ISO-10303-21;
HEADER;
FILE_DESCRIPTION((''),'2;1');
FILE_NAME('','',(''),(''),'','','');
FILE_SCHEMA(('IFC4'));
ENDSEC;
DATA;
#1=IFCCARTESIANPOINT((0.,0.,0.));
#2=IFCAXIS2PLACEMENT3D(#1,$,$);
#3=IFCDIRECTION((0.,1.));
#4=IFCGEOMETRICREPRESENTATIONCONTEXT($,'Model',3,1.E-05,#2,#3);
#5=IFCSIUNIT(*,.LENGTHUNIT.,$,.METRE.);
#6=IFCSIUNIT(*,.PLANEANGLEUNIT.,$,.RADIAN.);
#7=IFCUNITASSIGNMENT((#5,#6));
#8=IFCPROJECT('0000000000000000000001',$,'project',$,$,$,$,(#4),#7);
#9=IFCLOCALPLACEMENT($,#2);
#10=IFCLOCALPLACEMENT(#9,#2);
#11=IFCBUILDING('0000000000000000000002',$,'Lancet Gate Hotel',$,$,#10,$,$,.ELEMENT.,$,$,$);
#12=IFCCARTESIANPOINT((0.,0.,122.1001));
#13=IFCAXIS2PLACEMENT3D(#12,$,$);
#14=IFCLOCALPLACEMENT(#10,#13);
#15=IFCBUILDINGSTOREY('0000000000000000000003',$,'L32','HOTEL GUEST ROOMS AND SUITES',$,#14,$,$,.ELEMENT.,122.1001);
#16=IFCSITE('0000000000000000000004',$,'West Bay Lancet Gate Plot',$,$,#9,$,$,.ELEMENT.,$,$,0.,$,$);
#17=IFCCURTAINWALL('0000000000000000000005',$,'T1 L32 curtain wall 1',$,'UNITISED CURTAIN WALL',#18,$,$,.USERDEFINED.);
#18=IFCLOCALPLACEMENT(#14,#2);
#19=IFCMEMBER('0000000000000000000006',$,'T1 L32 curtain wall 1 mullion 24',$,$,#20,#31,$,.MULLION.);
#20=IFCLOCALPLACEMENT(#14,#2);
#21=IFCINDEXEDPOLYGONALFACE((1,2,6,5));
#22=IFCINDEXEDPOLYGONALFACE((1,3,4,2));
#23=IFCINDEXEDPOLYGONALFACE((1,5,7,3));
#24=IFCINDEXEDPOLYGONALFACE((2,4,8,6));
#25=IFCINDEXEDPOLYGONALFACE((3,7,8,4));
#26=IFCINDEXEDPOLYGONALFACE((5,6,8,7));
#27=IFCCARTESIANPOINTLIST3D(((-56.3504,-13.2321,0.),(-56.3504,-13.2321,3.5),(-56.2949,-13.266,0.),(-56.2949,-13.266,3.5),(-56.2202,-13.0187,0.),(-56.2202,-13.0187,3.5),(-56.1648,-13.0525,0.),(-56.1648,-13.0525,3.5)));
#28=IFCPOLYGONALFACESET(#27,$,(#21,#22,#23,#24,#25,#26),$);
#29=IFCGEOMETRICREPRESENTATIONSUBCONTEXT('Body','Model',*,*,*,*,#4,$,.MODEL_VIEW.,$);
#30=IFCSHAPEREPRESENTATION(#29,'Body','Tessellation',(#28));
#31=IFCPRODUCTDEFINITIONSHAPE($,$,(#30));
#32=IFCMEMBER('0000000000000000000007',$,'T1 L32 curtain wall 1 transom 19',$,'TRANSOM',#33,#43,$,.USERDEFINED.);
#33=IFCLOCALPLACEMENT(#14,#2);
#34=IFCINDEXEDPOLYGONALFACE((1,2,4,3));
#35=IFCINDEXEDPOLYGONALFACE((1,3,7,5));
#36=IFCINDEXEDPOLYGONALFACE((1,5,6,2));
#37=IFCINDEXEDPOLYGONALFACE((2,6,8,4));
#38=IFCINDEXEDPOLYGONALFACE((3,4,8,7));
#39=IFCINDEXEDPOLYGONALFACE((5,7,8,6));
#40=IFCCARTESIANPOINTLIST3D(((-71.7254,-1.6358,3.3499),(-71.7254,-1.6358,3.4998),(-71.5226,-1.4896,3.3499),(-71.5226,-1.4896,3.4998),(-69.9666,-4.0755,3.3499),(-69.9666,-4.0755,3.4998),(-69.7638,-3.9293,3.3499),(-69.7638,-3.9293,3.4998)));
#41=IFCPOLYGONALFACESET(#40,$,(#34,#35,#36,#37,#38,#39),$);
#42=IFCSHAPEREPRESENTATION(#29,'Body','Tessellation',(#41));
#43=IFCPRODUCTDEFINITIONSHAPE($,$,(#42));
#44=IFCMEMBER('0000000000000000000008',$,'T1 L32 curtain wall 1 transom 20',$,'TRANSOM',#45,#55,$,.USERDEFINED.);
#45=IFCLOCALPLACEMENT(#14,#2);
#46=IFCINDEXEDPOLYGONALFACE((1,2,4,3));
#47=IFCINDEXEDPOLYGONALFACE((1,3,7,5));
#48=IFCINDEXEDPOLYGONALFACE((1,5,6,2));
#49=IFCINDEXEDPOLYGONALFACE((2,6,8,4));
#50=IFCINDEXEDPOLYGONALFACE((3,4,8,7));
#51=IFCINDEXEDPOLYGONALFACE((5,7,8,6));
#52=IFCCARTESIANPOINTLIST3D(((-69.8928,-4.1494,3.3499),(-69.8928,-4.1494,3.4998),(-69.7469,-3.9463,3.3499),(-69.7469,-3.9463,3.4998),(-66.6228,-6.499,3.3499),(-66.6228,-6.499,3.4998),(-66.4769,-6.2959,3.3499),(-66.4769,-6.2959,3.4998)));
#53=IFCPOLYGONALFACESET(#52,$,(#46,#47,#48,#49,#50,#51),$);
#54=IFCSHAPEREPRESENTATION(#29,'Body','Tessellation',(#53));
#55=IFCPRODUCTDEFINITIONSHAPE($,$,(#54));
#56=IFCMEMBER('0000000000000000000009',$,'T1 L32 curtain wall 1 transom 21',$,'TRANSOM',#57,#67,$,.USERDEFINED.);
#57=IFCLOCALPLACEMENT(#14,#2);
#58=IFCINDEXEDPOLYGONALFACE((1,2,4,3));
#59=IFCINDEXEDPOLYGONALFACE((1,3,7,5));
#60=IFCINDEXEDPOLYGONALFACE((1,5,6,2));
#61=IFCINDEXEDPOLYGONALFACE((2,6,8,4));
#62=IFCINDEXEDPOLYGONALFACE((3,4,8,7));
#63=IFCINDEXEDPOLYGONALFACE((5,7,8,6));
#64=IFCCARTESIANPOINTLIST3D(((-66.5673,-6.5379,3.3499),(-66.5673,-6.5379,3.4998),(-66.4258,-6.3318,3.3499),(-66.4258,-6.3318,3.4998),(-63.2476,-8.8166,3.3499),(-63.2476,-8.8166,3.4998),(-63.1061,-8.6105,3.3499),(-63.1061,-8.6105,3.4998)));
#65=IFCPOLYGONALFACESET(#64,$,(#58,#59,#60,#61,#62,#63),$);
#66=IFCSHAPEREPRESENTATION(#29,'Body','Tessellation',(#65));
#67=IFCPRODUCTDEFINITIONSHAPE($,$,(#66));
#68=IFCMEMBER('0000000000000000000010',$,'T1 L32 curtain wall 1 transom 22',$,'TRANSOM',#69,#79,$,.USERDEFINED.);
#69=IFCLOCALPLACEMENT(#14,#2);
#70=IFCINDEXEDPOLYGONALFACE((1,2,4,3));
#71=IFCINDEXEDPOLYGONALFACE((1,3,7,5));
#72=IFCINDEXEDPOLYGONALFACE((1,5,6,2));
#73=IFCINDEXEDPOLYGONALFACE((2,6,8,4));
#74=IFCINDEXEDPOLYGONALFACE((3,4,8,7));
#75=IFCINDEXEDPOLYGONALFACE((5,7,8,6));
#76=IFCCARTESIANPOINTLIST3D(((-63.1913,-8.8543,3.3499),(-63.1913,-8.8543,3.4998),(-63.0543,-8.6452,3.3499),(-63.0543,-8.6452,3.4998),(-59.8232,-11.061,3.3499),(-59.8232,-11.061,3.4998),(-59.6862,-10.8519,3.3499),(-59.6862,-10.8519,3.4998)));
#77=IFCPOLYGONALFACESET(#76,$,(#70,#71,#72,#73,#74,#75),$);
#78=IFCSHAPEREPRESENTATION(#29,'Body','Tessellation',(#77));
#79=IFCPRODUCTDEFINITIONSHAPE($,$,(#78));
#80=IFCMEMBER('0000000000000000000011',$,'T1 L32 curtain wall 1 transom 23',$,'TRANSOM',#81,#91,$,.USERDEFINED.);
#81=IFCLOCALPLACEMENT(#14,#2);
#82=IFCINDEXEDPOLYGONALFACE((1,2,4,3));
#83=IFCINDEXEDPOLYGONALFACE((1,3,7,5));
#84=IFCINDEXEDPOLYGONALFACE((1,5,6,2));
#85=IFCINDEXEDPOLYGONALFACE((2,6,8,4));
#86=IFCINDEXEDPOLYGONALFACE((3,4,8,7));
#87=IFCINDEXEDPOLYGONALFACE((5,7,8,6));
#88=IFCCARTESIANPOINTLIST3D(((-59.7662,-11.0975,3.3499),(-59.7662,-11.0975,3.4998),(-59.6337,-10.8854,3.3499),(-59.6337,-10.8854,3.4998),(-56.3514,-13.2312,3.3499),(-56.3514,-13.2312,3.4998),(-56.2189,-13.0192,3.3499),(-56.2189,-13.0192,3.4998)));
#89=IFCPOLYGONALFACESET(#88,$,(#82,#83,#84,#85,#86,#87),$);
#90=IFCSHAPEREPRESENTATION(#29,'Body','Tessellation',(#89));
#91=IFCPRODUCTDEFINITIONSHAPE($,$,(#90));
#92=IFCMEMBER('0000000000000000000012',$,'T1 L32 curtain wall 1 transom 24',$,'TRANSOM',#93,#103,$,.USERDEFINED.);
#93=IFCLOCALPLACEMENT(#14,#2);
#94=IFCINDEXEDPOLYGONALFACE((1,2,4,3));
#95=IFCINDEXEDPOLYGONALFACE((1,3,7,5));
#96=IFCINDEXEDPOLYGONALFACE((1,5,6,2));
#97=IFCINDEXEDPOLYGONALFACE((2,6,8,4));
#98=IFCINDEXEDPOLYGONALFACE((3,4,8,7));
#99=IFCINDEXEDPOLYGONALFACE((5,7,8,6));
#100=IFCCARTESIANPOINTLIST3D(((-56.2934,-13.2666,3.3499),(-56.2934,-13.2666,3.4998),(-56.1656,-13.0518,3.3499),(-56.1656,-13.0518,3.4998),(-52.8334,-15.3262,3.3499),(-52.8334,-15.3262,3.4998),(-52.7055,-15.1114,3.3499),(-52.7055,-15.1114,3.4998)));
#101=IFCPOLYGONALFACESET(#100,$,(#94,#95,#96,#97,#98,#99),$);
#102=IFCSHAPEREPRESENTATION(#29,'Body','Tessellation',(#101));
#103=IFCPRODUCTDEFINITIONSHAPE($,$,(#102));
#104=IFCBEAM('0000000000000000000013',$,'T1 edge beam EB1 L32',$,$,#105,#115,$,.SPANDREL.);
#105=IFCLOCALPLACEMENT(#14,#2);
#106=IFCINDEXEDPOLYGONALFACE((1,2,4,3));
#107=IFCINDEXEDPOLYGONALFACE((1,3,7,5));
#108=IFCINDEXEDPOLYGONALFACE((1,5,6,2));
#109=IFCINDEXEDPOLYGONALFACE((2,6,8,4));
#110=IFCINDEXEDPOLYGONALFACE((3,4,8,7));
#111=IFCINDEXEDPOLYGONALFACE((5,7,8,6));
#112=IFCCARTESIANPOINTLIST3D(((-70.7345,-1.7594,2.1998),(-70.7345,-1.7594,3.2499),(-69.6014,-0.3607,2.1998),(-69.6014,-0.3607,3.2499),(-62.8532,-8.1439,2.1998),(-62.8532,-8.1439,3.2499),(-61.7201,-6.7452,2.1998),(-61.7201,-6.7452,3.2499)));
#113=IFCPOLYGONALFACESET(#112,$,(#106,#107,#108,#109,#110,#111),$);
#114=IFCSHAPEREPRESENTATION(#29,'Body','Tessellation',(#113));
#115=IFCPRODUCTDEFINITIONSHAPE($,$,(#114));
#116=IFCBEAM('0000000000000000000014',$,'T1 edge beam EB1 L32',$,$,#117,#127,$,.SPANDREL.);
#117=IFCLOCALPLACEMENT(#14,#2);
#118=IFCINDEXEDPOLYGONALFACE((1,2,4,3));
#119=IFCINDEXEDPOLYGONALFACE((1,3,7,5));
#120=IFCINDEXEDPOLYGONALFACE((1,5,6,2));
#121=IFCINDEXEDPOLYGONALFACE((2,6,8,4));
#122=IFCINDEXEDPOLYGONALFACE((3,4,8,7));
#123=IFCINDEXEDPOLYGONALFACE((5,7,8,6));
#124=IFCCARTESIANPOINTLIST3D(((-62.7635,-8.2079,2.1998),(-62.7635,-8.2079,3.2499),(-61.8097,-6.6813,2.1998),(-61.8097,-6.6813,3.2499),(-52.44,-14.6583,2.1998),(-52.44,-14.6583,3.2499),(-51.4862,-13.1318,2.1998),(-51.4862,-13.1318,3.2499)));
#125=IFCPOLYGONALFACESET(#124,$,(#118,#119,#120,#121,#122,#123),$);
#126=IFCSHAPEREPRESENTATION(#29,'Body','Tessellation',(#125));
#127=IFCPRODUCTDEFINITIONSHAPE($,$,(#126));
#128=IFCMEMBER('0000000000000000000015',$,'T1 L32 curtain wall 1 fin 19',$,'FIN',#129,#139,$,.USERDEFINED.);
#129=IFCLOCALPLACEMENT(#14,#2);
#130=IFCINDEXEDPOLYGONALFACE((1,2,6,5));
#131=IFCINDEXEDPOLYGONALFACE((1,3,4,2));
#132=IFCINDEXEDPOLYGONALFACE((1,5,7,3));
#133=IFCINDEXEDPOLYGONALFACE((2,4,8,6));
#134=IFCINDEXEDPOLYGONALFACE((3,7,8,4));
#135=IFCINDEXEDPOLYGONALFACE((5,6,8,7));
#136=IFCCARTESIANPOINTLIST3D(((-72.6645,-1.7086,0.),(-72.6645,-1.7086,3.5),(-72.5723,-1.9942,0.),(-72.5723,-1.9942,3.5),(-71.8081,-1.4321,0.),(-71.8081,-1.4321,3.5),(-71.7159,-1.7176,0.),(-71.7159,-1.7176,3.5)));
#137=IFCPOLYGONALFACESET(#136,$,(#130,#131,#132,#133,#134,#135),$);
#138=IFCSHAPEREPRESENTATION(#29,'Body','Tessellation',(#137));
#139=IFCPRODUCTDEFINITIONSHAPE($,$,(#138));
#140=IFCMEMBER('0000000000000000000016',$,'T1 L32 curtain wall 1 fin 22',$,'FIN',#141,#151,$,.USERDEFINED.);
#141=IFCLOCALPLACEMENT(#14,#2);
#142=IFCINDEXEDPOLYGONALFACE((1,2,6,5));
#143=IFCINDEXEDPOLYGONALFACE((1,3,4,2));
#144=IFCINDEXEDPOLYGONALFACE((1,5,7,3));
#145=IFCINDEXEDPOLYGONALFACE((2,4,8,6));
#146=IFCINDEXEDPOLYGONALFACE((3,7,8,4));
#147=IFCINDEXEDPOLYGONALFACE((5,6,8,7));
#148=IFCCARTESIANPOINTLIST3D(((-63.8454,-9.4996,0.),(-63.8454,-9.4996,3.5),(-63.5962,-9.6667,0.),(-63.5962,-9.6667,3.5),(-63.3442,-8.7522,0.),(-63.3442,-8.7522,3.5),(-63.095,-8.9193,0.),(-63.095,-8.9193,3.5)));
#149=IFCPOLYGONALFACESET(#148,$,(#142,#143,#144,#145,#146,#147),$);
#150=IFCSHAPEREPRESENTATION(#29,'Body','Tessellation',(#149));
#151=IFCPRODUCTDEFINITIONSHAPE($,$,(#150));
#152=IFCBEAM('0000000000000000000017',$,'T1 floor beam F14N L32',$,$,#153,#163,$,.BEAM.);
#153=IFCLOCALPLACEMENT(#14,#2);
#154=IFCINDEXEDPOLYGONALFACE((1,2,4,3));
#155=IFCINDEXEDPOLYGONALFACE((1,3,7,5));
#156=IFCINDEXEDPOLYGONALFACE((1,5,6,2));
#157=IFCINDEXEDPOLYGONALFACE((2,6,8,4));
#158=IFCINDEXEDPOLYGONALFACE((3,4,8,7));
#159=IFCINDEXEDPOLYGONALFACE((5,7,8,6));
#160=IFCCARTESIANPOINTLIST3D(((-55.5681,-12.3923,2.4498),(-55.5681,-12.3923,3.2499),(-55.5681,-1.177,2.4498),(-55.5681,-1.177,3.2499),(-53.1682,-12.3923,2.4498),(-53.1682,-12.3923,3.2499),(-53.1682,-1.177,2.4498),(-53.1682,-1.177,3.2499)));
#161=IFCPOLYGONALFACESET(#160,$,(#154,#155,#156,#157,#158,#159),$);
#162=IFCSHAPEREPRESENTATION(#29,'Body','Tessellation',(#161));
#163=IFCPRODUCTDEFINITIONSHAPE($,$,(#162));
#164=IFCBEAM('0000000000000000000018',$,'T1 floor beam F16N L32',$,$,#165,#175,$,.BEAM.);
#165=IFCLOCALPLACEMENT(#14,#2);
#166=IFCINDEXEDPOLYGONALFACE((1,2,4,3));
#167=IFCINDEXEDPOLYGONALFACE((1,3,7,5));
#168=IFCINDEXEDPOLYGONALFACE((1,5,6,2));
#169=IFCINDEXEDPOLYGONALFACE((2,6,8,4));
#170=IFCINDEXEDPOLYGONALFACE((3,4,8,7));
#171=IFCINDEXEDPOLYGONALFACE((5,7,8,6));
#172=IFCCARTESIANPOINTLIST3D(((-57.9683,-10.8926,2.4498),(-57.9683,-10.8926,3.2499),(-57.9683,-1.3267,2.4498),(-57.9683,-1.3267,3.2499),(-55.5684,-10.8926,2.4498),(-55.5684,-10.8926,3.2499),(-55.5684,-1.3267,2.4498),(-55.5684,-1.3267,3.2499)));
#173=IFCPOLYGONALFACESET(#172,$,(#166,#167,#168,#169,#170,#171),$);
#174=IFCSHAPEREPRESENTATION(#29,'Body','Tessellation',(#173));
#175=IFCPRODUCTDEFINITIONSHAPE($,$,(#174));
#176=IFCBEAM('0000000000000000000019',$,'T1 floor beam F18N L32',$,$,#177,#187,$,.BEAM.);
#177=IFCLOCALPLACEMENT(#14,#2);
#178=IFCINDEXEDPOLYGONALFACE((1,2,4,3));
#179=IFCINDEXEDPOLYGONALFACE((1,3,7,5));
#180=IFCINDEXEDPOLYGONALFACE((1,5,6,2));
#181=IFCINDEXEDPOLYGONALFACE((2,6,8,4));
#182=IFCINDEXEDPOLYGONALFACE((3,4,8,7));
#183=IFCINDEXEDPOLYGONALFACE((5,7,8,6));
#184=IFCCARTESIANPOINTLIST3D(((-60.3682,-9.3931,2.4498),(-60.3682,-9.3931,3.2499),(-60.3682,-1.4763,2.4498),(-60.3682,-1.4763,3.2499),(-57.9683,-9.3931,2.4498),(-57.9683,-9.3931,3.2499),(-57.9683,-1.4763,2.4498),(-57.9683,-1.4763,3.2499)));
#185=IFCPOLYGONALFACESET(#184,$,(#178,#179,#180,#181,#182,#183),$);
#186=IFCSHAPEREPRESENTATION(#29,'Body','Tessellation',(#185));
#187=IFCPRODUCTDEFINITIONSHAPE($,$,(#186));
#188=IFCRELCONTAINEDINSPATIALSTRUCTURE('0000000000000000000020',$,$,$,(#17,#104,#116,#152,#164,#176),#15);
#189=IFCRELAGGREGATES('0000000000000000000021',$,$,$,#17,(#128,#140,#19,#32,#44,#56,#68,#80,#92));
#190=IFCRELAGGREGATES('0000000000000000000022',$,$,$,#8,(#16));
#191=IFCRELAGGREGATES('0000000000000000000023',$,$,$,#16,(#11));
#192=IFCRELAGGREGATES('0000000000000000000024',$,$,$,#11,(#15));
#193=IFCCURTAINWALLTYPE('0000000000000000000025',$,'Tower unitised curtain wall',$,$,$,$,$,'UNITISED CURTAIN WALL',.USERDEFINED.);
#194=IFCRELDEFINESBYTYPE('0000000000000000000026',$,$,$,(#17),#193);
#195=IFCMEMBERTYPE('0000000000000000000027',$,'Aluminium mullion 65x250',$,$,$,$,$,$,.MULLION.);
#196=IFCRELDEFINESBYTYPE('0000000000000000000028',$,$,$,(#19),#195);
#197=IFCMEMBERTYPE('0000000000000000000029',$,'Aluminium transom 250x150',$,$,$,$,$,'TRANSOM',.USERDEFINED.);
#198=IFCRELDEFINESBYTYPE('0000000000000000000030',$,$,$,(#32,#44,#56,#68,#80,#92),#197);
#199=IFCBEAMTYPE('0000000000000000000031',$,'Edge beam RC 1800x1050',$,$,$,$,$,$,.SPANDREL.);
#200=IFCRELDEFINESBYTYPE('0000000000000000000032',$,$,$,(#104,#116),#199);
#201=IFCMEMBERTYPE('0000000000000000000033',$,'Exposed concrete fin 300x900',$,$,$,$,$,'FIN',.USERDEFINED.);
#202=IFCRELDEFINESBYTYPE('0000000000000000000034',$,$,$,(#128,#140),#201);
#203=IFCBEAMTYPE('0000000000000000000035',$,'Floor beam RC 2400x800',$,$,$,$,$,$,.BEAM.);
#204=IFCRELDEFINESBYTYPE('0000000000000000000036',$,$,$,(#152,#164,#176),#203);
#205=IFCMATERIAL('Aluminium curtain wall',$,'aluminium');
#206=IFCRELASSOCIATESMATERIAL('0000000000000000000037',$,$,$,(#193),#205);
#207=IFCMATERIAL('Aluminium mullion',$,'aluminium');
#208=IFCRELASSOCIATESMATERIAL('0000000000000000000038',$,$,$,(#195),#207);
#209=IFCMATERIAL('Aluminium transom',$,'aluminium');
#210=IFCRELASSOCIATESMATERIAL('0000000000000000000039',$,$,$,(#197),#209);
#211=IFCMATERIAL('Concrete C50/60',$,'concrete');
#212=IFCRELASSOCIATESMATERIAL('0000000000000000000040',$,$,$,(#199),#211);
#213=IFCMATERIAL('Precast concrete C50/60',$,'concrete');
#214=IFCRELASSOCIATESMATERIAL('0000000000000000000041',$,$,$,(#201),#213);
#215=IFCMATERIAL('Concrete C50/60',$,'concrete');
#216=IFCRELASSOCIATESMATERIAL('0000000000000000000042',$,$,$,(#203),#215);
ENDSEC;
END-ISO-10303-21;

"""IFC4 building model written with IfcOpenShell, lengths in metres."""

from ifc_helpers import new_model, si_unit, direction, frame, origin, origin_2d, place, context, subcontext, project, spatial, rectangle, extrude, material, material_profile, profile_set, type_object, element, aggregate, save


model = new_model("IFC4")

# Units and contexts
model_context = context("Model", 3, precision=1e-05, world=origin(), true_north=direction((0.0, 1.0)))
body_context = subcontext(model_context, "Body", "Model", "MODEL_VIEW")
ifc_project = project(units=[si_unit("LENGTHUNIT", "METRE"), si_unit("PLANEANGLEUNIT", "RADIAN")], contexts=[model_context])

# Site, building, storey
site_placement = place(None, origin())
site = spatial("IfcSite", under=ifc_project, at=site_placement, Name="West Bay Lancet Gate Plot", CompositionType="ELEMENT", RefElevation=0.0)
building_placement = place(site_placement, origin())
building = spatial("IfcBuilding", under=site, at=building_placement, Name="Lancet Gate Hotel", CompositionType="ELEMENT")
storey_placement = place(building_placement, frame((0.0, 0.0, 122.1001)))
storey = spatial("IfcBuildingStorey", under=building, at=storey_placement, Name="L32", Description="HOTEL GUEST ROOMS AND SUITES", CompositionType="ELEMENT", Elevation=122.1001)

# Curtain wall, members
ifc_material_1 = material(Name="Aluminium curtain wall", Category="aluminium")
curtain_wall_type = type_object("IfcCurtainWallType", Name="Tower unitised curtain wall", ElementType="UNITISED CURTAIN WALL", PredefinedType="USERDEFINED", material=ifc_material_1)
curtain_wall_placement = place(storey_placement, origin())
curtain_wall = element("IfcCurtainWall", 1, at=curtain_wall_placement, inside=storey, type_object=curtain_wall_type, Name="T1 L32 curtain wall 1", ObjectType="UNITISED CURTAIN WALL", PredefinedType="USERDEFINED")
ifc_material_2 = material(Name="Aluminium mullion", Category="aluminium")
ifc_material_profile_1 = material_profile(ifc_material_2, rectangle(XDim=0.0649, YDim=0.25, at=origin_2d()), Name="MULLION 65x250")
ifc_profile_set_1 = profile_set([ifc_material_profile_1], Name="Aluminium mullion")
member_type_1 = type_object("IfcMemberType", Name="Aluminium mullion 65x250", PredefinedType="MULLION", material=ifc_profile_set_1)
member_1_placement = place(storey_placement, frame((-56.2576, -13.1423, 0.0), z_axis=(0.0, 0.0, 1.0), x_axis=(0.853716, -0.520739, 0.0)))
member_1 = element("IfcMember", 2, at=member_1_placement, type_object=member_type_1, Name="T1 L32 curtain wall 1 mullion 24", PredefinedType="MULLION", context=body_context, shape_type="SweptSolid", body=[
    extrude(rectangle(XDim=0.0649, YDim=0.25, at=origin_2d()), origin(), (0.0, 0.0, 1.0), 3.5),
])
ifc_material_3 = material(Name="Aluminium transom", Category="aluminium")
ifc_material_profile_2 = material_profile(ifc_material_3, rectangle(XDim=0.25, YDim=0.1499, at=origin_2d()), Name="TRANSOM 250x150")
ifc_profile_set_2 = profile_set([ifc_material_profile_2], Name="Aluminium transom")
member_type_2 = type_object("IfcMemberType", Name="Aluminium transom 250x150", ElementType="TRANSOM", PredefinedType="USERDEFINED", material=ifc_profile_set_2)
member_2_placement = place(storey_placement, frame((-71.624, -1.5627, 3.4248), z_axis=(0.584788, -0.811186, 0.0), x_axis=(0.811186, 0.584788, 0.0)))
member_2 = element("IfcMember", 3, at=member_2_placement, type_object=member_type_2, Name="T1 L32 curtain wall 1 transom 19", ObjectType="TRANSOM", PredefinedType="USERDEFINED", context=body_context, shape_type="SweptSolid", body=[
    extrude(rectangle(XDim=0.25, YDim=0.1499, at=origin_2d()), origin(), (0.0, 0.0, 1.0), 3.0076),
])
member_3_placement = place(storey_placement, frame((-69.8198, -4.0479, 3.4248), z_axis=(0.8121, -0.583519, 0.0), x_axis=(0.583519, 0.8121, 0.0)))
member_3 = element("IfcMember", 4, at=member_3_placement, type_object=member_type_2, Name="T1 L32 curtain wall 1 transom 20", ObjectType="TRANSOM", PredefinedType="USERDEFINED", context=body_context, shape_type="SweptSolid", body=[
    extrude(rectangle(XDim=0.25, YDim=0.1499, at=origin_2d()), origin(), (0.0, 0.0, 1.0), 4.0266),
])
member_4_placement = place(storey_placement, frame((-66.4966, -6.4348, 3.4248), z_axis=(0.824456, -0.565927, 0.0), x_axis=(0.565927, 0.824456, 0.0)))
member_4 = element("IfcMember", 5, at=member_4_placement, type_object=member_type_2, Name="T1 L32 curtain wall 1 transom 21", ObjectType="TRANSOM", PredefinedType="USERDEFINED", context=body_context, shape_type="SweptSolid", body=[
    extrude(rectangle(XDim=0.25, YDim=0.1499, at=origin_2d()), origin(), (0.0, 0.0, 1.0), 4.0266),
])
member_5_placement = place(storey_placement, frame((-63.1228, -8.7498, 3.4248), z_axis=(0.836454, -0.548036, 0.0), x_axis=(0.548036, 0.836454, 0.0)))
member_5 = element("IfcMember", 6, at=member_5_placement, type_object=member_type_2, Name="T1 L32 curtain wall 1 transom 22", ObjectType="TRANSOM", PredefinedType="USERDEFINED", context=body_context, shape_type="SweptSolid", body=[
    extrude(rectangle(XDim=0.25, YDim=0.1499, at=origin_2d()), origin(), (0.0, 0.0, 1.0), 4.0266),
])
member_6_placement = place(storey_placement, frame((-59.7, -10.9915, 3.4248), z_axis=(0.848049, -0.529917, 0.0), x_axis=(0.529917, 0.848049, 0.0)))
member_6 = element("IfcMember", 7, at=member_6_placement, type_object=member_type_2, Name="T1 L32 curtain wall 1 transom 23", ObjectType="TRANSOM", PredefinedType="USERDEFINED", context=body_context, shape_type="SweptSolid", body=[
    extrude(rectangle(XDim=0.25, YDim=0.1499, at=origin_2d()), origin(), (0.0, 0.0, 1.0), 4.0266),
])
member_7_placement = place(storey_placement, frame((-56.2295, -13.1592, 3.4248), z_axis=(0.859285, -0.511497, 0.0), x_axis=(0.511497, 0.859285, 0.0)))
member_7 = element("IfcMember", 8, at=member_7_placement, type_object=member_type_2, Name="T1 L32 curtain wall 1 transom 24", ObjectType="TRANSOM", PredefinedType="USERDEFINED", context=body_context, shape_type="SweptSolid", body=[
    extrude(rectangle(XDim=0.25, YDim=0.1499, at=origin_2d()), origin(), (0.0, 0.0, 1.0), 4.0266),
])

# Beams
ifc_material_4 = material(Name="Concrete C50/60", Category="concrete")
ifc_material_profile_3 = material_profile(ifc_material_4, rectangle(XDim=1.8, YDim=1.05, at=origin_2d()), Name="RC 1800x1050")
ifc_profile_set_3 = profile_set([ifc_material_profile_3], Name="Concrete C50/60")
beam_type_1 = type_object("IfcBeamType", Name="Edge beam RC 1800x1050", PredefinedType="SPANDREL", material=ifc_profile_set_3)
beam_1_placement = place(storey_placement, frame((-70.168, -1.0601, 2.7249), z_axis=(0.777034, -0.629459, 0.0), x_axis=(0.629459, 0.777034, 0.0)))
element("IfcBeam", 9, at=beam_1_placement, inside=storey, type_object=beam_type_1, Name="T1 edge beam EB1 L32", PredefinedType="SPANDREL", context=body_context, shape_type="SweptSolid", body=[
    extrude(rectangle(XDim=1.8, YDim=1.05, at=origin_2d()), origin(), (0.0, 0.0, 1.0), 10.1428),
])
beam_2_placement = place(storey_placement, frame((-62.2866, -7.4446, 2.7249), z_axis=(0.848063, -0.529896, 0.0), x_axis=(0.529896, 0.848063, 0.0)))
element("IfcBeam", 10, at=beam_2_placement, inside=storey, type_object=beam_type_1, Name="T1 edge beam EB1 L32", PredefinedType="SPANDREL", context=body_context, shape_type="SweptSolid", body=[
    extrude(rectangle(XDim=1.8, YDim=1.05, at=origin_2d()), origin(), (0.0, 0.0, 1.0), 12.1731),
])

# Members
ifc_material_5 = material(Name="Precast concrete C50/60", Category="concrete")
ifc_material_profile_4 = material_profile(ifc_material_5, rectangle(XDim=0.3, YDim=0.8999, at=origin_2d()), Name="FIN 300x900")
ifc_profile_set_4 = profile_set([ifc_material_profile_4], Name="Precast concrete C50/60")
member_type_3 = type_object("IfcMemberType", Name="Exposed concrete fin 300x900", ElementType="FIN", PredefinedType="USERDEFINED", material=ifc_profile_set_4)
member_8_placement = place(storey_placement, frame((-72.1902, -1.7131, 0.0), z_axis=(0.0, 0.0, 1.0), x_axis=(0.307269, -0.951623, 0.0)))
member_8 = element("IfcMember", 11, at=member_8_placement, type_object=member_type_3, Name="T1 L32 curtain wall 1 fin 19", ObjectType="FIN", PredefinedType="USERDEFINED", context=body_context, shape_type="SweptSolid", body=[
    extrude(rectangle(XDim=0.3, YDim=0.8999, at=origin_2d()), origin(), (0.0, 0.0, 1.0), 3.5),
])
member_9_placement = place(storey_placement, frame((-63.4702, -9.2095, 0.0), z_axis=(0.0, 0.0, 1.0), x_axis=(0.83051, -0.557004, 0.0)))
member_9 = element("IfcMember", 12, at=member_9_placement, type_object=member_type_3, Name="T1 L32 curtain wall 1 fin 22", ObjectType="FIN", PredefinedType="USERDEFINED", context=body_context, shape_type="SweptSolid", body=[
    extrude(rectangle(XDim=0.3, YDim=0.8999, at=origin_2d()), origin(), (0.0, 0.0, 1.0), 3.5),
])

# Beams
ifc_material_6 = material(Name="Concrete C50/60", Category="concrete")
ifc_material_profile_5 = material_profile(ifc_material_6, rectangle(XDim=2.3999, YDim=0.8, at=origin_2d()), Name="RC 2400x800")
ifc_profile_set_5 = profile_set([ifc_material_profile_5], Name="Concrete C50/60")
beam_type_2 = type_object("IfcBeamType", Name="Floor beam RC 2400x800", PredefinedType="BEAM", material=ifc_profile_set_5)
beam_3_placement = place(storey_placement, frame((-54.3682, -1.177, 2.8499), z_axis=(0.0, -1.0, 0.0), x_axis=(1.0, 0.0, 0.0)))
element("IfcBeam", 13, at=beam_3_placement, inside=storey, type_object=beam_type_2, Name="T1 floor beam F14N L32", PredefinedType="BEAM", context=body_context, shape_type="SweptSolid", body=[
    extrude(rectangle(XDim=2.3999, YDim=0.8, at=origin_2d()), origin(), (0.0, 0.0, 1.0), 11.2153),
])
beam_4_placement = place(storey_placement, frame((-56.7683, -1.3267, 2.8499), z_axis=(0.0, -1.0, 0.0), x_axis=(1.0, 0.0, 0.0)))
element("IfcBeam", 14, at=beam_4_placement, inside=storey, type_object=beam_type_2, Name="T1 floor beam F16N L32", PredefinedType="BEAM", context=body_context, shape_type="SweptSolid", body=[
    extrude(rectangle(XDim=2.3999, YDim=0.8, at=origin_2d()), origin(), (0.0, 0.0, 1.0), 9.5659),
])
beam_5_placement = place(storey_placement, frame((-59.1682, -1.4763, 2.8499), z_axis=(0.0, -1.0, 0.0), x_axis=(1.0, 0.0, 0.0)))
element("IfcBeam", 15, at=beam_5_placement, inside=storey, type_object=beam_type_2, Name="T1 floor beam F18N L32", PredefinedType="BEAM", context=body_context, shape_type="SweptSolid", body=[
    extrude(rectangle(XDim=2.3999, YDim=0.8, at=origin_2d()), origin(), (0.0, 0.0, 1.0), 7.9167),
])

aggregate(curtain_wall, [member_8, member_9, member_1, member_2, member_3, member_4, member_5, member_6, member_7])

save(model, "model.ifc")
